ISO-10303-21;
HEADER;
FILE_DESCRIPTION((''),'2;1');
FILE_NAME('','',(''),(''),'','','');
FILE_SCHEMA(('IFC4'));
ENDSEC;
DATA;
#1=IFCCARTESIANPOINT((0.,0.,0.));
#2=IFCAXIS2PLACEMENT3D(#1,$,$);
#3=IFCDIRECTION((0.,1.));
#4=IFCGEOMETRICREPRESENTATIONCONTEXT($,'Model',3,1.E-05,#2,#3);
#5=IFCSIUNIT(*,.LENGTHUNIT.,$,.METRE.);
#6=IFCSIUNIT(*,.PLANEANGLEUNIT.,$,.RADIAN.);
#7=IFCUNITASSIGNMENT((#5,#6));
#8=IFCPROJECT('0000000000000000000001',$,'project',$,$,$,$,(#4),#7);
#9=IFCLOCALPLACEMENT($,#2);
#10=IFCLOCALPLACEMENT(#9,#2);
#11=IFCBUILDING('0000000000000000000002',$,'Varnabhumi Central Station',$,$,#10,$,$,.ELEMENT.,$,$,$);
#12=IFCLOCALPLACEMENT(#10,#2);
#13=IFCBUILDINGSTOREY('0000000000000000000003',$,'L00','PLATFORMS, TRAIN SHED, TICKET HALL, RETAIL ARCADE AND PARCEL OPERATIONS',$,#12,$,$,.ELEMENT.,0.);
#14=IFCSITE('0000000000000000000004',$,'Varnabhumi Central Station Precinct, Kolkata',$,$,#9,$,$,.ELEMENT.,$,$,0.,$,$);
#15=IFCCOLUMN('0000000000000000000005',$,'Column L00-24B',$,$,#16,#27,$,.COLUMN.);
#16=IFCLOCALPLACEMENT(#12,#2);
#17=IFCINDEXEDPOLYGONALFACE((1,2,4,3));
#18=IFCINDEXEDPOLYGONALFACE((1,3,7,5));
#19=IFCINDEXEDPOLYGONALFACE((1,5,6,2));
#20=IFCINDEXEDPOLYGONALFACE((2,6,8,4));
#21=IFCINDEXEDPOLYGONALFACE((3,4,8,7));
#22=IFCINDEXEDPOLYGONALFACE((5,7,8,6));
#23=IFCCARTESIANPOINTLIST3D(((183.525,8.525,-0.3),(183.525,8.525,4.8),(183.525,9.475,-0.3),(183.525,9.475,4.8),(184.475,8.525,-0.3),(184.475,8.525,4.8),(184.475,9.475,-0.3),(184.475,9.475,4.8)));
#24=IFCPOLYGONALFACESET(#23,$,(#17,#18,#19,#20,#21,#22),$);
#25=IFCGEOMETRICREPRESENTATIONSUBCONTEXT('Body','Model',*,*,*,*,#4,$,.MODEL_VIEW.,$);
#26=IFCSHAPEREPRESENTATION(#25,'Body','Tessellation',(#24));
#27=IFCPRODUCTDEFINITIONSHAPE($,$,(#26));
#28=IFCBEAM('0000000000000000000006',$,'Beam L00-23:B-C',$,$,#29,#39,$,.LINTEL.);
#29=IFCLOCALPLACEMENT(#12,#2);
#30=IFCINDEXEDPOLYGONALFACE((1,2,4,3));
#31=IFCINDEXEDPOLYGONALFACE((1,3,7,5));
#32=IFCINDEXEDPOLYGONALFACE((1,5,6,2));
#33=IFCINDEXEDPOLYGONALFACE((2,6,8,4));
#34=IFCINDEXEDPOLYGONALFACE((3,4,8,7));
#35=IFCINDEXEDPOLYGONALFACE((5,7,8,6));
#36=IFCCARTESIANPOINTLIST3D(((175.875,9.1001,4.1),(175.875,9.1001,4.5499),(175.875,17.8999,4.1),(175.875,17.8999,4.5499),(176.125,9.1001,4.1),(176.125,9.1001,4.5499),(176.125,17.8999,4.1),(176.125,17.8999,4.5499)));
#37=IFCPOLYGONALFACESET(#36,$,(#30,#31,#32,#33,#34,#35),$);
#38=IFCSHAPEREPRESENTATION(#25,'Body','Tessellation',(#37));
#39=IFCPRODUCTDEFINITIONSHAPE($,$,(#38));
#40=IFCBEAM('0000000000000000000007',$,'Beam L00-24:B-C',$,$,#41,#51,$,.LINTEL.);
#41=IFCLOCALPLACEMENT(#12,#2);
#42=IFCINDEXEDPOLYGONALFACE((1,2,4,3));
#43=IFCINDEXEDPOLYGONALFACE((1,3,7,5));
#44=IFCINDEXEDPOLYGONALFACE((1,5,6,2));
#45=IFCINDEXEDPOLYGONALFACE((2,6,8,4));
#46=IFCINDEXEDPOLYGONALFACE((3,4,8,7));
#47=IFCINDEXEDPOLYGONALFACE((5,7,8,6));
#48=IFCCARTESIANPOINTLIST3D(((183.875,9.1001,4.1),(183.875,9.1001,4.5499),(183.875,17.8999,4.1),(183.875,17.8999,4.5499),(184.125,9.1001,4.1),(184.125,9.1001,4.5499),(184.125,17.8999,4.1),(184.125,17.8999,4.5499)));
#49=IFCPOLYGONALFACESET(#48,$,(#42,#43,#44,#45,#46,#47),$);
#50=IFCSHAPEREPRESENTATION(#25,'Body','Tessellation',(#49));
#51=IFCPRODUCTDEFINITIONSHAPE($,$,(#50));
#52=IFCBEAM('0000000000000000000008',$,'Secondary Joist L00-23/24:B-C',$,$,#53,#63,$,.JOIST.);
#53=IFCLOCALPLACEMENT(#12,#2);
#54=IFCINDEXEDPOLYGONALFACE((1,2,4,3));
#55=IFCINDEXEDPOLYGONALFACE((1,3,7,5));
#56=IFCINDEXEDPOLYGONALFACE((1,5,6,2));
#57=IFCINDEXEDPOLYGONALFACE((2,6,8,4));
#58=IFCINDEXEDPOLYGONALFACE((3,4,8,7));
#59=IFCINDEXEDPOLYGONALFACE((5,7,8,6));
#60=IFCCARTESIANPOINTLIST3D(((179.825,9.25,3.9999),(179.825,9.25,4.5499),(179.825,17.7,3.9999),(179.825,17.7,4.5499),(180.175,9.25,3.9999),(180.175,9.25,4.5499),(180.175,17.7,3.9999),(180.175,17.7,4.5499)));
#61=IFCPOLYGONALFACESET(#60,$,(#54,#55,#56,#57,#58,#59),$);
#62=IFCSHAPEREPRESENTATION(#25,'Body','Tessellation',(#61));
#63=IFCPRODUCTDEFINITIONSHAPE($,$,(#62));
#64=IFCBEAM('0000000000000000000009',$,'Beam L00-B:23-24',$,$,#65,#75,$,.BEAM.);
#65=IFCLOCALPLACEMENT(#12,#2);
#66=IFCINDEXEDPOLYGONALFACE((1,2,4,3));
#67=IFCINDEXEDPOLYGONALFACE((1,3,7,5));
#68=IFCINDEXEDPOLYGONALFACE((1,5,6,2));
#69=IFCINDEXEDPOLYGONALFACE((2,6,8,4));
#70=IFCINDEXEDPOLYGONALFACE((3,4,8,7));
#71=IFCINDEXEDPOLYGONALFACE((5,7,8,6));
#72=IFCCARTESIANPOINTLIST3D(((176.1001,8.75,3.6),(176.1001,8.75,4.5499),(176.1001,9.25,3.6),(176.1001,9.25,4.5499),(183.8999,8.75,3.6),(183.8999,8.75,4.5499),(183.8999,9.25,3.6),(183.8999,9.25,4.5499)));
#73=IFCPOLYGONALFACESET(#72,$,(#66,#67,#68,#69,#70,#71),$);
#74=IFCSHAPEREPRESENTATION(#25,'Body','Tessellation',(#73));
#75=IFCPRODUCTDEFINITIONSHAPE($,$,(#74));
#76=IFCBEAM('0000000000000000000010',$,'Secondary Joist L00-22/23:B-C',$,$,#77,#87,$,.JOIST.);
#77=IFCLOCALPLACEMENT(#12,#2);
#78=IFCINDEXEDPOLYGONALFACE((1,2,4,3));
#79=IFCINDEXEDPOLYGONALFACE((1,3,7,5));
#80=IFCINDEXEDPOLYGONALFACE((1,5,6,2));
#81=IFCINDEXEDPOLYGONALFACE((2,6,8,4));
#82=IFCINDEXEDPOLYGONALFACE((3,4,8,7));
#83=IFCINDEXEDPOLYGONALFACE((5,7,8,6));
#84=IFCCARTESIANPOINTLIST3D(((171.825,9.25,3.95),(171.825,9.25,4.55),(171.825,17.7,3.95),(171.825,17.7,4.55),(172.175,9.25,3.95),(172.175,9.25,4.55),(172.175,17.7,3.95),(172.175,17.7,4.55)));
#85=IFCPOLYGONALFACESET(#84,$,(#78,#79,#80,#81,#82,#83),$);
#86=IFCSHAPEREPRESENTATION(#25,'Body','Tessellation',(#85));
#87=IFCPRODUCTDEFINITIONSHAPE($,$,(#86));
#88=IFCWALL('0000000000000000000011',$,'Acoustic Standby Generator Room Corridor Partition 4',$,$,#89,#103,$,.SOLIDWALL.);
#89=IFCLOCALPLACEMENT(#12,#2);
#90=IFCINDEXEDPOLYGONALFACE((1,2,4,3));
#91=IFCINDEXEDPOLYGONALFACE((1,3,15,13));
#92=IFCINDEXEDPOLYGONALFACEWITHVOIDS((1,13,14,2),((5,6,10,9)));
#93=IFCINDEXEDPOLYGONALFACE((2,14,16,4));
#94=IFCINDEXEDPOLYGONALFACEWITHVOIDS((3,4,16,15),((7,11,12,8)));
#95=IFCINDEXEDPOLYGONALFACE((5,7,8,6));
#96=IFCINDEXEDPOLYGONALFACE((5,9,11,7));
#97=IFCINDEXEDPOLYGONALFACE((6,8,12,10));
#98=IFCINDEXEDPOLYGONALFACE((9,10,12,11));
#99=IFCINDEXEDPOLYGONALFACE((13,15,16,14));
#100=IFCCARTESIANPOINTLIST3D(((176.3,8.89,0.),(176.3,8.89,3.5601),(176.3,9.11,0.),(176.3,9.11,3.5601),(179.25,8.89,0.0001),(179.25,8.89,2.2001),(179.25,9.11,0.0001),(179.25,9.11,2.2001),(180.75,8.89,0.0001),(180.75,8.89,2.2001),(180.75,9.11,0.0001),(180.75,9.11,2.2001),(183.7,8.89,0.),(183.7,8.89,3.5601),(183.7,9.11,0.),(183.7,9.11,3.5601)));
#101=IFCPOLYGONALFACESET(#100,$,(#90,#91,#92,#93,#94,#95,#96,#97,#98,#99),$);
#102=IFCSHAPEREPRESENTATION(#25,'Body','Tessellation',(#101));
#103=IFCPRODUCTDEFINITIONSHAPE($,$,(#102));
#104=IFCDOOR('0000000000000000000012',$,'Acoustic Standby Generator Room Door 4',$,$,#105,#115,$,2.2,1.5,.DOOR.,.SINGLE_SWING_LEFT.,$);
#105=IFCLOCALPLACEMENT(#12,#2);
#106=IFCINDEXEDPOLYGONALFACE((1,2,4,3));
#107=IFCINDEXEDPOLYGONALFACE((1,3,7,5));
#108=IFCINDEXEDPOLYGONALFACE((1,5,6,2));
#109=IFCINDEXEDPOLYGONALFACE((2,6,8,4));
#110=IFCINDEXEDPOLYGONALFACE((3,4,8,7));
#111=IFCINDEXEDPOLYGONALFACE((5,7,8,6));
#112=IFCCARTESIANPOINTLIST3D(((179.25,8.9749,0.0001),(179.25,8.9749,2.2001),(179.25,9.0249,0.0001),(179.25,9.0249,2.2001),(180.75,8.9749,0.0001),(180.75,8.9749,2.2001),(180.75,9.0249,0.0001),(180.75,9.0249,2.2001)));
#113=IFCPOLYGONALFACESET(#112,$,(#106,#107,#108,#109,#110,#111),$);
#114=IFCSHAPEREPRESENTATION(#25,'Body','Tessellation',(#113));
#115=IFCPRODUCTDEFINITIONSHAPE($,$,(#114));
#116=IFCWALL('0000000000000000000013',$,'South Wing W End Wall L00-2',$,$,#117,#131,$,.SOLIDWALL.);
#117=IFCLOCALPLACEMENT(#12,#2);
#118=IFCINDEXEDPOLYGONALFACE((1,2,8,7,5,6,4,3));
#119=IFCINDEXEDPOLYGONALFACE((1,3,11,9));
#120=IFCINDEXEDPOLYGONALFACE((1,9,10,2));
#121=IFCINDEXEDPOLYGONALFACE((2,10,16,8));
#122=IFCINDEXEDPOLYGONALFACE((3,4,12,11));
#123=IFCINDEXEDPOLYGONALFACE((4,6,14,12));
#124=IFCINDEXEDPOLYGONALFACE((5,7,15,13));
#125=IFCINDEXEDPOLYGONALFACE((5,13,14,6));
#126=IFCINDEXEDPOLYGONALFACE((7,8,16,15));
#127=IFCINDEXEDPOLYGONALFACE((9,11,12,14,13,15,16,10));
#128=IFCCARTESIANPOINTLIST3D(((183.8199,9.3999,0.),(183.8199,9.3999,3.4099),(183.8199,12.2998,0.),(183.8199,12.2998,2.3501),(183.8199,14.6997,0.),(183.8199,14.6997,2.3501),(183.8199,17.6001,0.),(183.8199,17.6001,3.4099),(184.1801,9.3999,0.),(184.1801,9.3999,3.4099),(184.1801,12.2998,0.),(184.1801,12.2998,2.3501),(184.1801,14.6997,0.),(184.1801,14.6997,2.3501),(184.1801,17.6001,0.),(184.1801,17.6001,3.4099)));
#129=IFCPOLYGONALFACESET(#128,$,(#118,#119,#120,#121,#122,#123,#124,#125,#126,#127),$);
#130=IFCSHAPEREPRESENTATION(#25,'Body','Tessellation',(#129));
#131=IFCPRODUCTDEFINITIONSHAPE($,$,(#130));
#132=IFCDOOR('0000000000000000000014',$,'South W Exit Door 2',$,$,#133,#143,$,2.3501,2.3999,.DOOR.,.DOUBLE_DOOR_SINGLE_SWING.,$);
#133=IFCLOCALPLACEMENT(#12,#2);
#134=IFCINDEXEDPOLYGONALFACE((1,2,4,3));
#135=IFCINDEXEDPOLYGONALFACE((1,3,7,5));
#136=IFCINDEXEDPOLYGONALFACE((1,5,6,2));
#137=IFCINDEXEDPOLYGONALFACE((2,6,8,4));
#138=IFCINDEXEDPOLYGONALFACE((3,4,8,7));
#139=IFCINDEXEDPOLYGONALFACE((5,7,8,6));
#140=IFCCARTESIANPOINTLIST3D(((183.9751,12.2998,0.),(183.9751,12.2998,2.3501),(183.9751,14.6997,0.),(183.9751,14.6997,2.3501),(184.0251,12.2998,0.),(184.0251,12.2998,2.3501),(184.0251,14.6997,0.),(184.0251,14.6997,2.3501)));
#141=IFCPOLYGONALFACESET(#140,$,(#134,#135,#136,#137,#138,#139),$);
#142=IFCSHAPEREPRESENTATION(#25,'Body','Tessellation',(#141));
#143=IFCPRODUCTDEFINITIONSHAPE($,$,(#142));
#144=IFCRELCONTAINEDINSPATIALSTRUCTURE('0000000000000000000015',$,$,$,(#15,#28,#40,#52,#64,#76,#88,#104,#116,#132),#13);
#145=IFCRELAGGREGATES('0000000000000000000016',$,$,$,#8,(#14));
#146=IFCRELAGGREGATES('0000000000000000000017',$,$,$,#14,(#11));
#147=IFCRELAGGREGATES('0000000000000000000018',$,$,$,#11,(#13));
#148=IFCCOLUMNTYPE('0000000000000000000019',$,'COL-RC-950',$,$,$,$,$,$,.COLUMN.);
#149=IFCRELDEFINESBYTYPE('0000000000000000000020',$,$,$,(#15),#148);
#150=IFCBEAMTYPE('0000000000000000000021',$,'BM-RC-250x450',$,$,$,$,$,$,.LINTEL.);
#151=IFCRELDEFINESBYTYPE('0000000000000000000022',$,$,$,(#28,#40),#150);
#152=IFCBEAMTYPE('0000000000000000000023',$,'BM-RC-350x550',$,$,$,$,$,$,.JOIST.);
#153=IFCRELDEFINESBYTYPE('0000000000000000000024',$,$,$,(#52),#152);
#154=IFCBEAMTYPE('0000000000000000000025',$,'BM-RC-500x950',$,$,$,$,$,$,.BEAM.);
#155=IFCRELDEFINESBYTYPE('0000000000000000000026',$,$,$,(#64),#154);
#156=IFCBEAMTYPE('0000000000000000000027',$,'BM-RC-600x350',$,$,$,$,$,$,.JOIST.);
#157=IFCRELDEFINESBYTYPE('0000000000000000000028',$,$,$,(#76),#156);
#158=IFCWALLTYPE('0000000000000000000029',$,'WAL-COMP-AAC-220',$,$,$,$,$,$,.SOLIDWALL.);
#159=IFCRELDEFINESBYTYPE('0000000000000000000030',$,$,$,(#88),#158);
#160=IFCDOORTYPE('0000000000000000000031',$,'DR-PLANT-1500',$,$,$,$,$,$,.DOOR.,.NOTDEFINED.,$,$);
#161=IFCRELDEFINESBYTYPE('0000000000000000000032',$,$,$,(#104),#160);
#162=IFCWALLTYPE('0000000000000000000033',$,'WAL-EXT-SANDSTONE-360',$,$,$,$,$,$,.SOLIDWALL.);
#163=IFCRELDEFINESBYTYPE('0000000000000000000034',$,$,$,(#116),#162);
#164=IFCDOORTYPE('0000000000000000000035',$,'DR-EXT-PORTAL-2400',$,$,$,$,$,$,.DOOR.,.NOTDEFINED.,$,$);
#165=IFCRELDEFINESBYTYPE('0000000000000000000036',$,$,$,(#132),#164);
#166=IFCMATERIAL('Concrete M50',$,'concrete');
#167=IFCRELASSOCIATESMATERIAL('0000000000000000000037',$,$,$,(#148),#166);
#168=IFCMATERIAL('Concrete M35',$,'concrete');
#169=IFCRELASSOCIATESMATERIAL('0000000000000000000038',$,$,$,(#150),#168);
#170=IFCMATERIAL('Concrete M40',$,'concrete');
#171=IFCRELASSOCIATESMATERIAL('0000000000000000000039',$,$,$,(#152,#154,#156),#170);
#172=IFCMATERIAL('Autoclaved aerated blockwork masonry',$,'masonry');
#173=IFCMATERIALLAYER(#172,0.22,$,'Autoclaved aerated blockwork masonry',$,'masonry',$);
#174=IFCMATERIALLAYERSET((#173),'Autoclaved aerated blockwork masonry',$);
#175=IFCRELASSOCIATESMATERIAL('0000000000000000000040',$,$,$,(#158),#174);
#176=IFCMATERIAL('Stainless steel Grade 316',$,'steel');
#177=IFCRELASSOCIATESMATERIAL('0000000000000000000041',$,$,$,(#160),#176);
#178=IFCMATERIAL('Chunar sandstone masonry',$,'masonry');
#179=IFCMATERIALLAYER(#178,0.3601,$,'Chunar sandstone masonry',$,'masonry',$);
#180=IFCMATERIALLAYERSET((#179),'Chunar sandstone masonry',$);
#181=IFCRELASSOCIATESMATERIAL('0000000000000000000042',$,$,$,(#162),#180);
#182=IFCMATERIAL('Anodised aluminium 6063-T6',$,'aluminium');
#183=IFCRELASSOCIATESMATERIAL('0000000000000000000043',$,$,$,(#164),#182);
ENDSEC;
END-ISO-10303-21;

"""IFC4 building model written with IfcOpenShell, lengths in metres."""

from ifc_helpers import new_model, si_unit, direction, frame, frame_2d, origin, origin_2d, place, context, subcontext, project, spatial, rectangle, extrude, material, layer, layer_set, material_profile, profile_set, type_object, element, fill, save


model = new_model("IFC4")

# Units and contexts
model_context = context("Model", 3, precision=1e-05, world=origin(), true_north=direction((0.0, 1.0)))
body_context = subcontext(model_context, "Body", "Model", "MODEL_VIEW")
ifc_project = project(units=[si_unit("LENGTHUNIT", "METRE"), si_unit("PLANEANGLEUNIT", "RADIAN")], contexts=[model_context])

# Site, building, storey
site_placement = place(None, origin())
site = spatial("IfcSite", under=ifc_project, at=site_placement, Name="Varnabhumi Central Station Precinct, Kolkata", CompositionType="ELEMENT", RefElevation=0.0)
building_placement = place(site_placement, origin())
building = spatial("IfcBuilding", under=site, at=building_placement, Name="Varnabhumi Central Station", CompositionType="ELEMENT")
storey_placement = place(building_placement, origin())
storey = spatial("IfcBuildingStorey", under=building, at=storey_placement, Name="L00", Description="PLATFORMS, TRAIN SHED, TICKET HALL, RETAIL ARCADE AND PARCEL OPERATIONS", CompositionType="ELEMENT", Elevation=0.0)

# Shared definitions
ifc_material_1 = material(Name="Concrete M40", Category="concrete")

# Shared definitions
ifc_material_2 = material(Name="Concrete M35", Category="concrete")

# Column
ifc_material_3 = material(Name="Concrete M50", Category="concrete")
ifc_material_profile_1 = material_profile(ifc_material_3, rectangle(XDim=0.95, YDim=0.95, at=origin_2d()), Name="Concrete M50", Category="concrete")
ifc_profile_set_1 = profile_set([ifc_material_profile_1], Name="Concrete M50")
column_type = type_object("IfcColumnType", Name="COL-RC-950", PredefinedType="COLUMN", material=ifc_profile_set_1)
for number, where, z_axis, x_axis, name in (
    (1, (184.0, 9.0, -0.3), (0.0, 0.0, 1.0), (1.0, 0.0, 0.0), "Column L00-24B"),
):
    element("IfcColumn", number, at=place(storey_placement, frame(where, z_axis=z_axis, x_axis=x_axis)), inside=storey, type_object=column_type, Name=name, PredefinedType="COLUMN", context=body_context, shape_type="SweptSolid", body=[
        extrude(rectangle(XDim=0.95, YDim=0.95, at=origin_2d()), origin(), (0.0, 0.0, 1.0), 5.1001),
    ])

# Beams
ifc_material_profile_2 = material_profile(ifc_material_2, rectangle(XDim=0.25, YDim=0.45, at=origin_2d()), Name="Concrete M35", Category="concrete")
ifc_profile_set_2 = profile_set([ifc_material_profile_2], Name="Concrete M35")
beam_type_1 = type_object("IfcBeamType", Name="BM-RC-250x450", PredefinedType="LINTEL", material=ifc_profile_set_2)
for number, where, z_axis, x_axis, name in (
    (2, (176.0, 9.1001, 4.325), (0.0, 1.0, 0.0), (-1.0, 0.0, 0.0), "Beam L00-23:B-C"),
    (3, (184.0, 9.1001, 4.325), (0.0, 1.0, 0.0), (-1.0, 0.0, 0.0), "Beam L00-24:B-C"),
):
    element("IfcBeam", number, at=place(storey_placement, frame(where, z_axis=z_axis, x_axis=x_axis)), inside=storey, type_object=beam_type_1, Name=name, PredefinedType="LINTEL", context=body_context, shape_type="SweptSolid", body=[
        extrude(rectangle(XDim=0.25, YDim=0.45, at=origin_2d()), origin(), (0.0, 0.0, 1.0), 8.7998),
    ])
ifc_material_profile_3 = material_profile(ifc_material_1, rectangle(XDim=0.3501, YDim=0.55, at=origin_2d()), Name="Concrete M40", Category="concrete")
ifc_profile_set_3 = profile_set([ifc_material_profile_3], Name="Concrete M40")
beam_type_2 = type_object("IfcBeamType", Name="BM-RC-350x550", PredefinedType="JOIST", material=ifc_profile_set_3)
beam_1_placement = place(storey_placement, frame((180.0, 9.25, 4.2749), z_axis=(0.0, 1.0, 0.0), x_axis=(-1.0, 0.0, 0.0)))
element("IfcBeam", 4, at=beam_1_placement, inside=storey, type_object=beam_type_2, Name="Secondary Joist L00-23/24:B-C", PredefinedType="JOIST", context=body_context, shape_type="SweptSolid", body=[
    extrude(rectangle(XDim=0.3501, YDim=0.55, at=origin_2d()), origin(), (0.0, 0.0, 1.0), 8.45),
])
ifc_material_profile_4 = material_profile(ifc_material_1, rectangle(XDim=0.5, YDim=0.95, at=origin_2d()), Name="Concrete M40", Category="concrete")
ifc_profile_set_4 = profile_set([ifc_material_profile_4], Name="Concrete M40")
beam_type_3 = type_object("IfcBeamType", Name="BM-RC-500x950", PredefinedType="BEAM", material=ifc_profile_set_4)
beam_2_placement = place(storey_placement, frame((176.1001, 9.0, 4.075), z_axis=(1.0, 0.0, 0.0), x_axis=(0.0, 1.0, 0.0)))
element("IfcBeam", 5, at=beam_2_placement, inside=storey, type_object=beam_type_3, Name="Beam L00-B:23-24", PredefinedType="BEAM", context=body_context, shape_type="SweptSolid", body=[
    extrude(rectangle(XDim=0.5, YDim=0.95, at=origin_2d()), origin(), (0.0, 0.0, 1.0), 7.7998),
])
ifc_material_profile_5 = material_profile(ifc_material_1, rectangle(XDim=0.3501, YDim=0.6001, at=origin_2d()), Name="Concrete M40", Category="concrete")
ifc_profile_set_5 = profile_set([ifc_material_profile_5], Name="Concrete M40")
beam_type_4 = type_object("IfcBeamType", Name="BM-RC-600x350", PredefinedType="JOIST", material=ifc_profile_set_5)
beam_3_placement = place(storey_placement, frame((172.0, 9.25, 4.25), z_axis=(0.0, 1.0, 0.0), x_axis=(-1.0, 0.0, 0.0)))
element("IfcBeam", 6, at=beam_3_placement, inside=storey, type_object=beam_type_4, Name="Secondary Joist L00-22/23:B-C", PredefinedType="JOIST", context=body_context, shape_type="SweptSolid", body=[
    extrude(rectangle(XDim=0.3501, YDim=0.6001, at=origin_2d()), origin(), (0.0, 0.0, 1.0), 8.45),
])

# Walls, openings, doors
ifc_material_4 = material(Name="Autoclaved aerated blockwork masonry", Category="masonry")
ifc_layer_1 = layer(ifc_material_4, 0.22, Name="Autoclaved aerated blockwork masonry", Category="masonry")
ifc_layer_set_1 = layer_set([ifc_layer_1], Name="Autoclaved aerated blockwork masonry")
wall_type_1 = type_object("IfcWallType", Name="WAL-COMP-AAC-220", PredefinedType="SOLIDWALL", material=ifc_layer_set_1)
wall_1_placement = place(storey_placement, frame((176.3, 9.0, 0.0), z_axis=(0.0, 0.0, 1.0), x_axis=(1.0, 0.0, 0.0)))
wall_1 = element("IfcWall", 7, at=wall_1_placement, inside=storey, type_object=wall_type_1, Name="Acoustic Standby Generator Room Corridor Partition 4", PredefinedType="SOLIDWALL", context=body_context, shape_type="SweptSolid", body=[
    extrude(rectangle(XDim=7.3999, YDim=0.22, at=frame_2d((3.7, 0.0))), origin(), (0.0, 0.0, 1.0), 3.5601),
])
opening_1_placement = place(wall_1_placement, frame((2.95, 0.0, 0.0)))
opening_1 = element("IfcOpeningElement", 8, at=opening_1_placement, cuts=wall_1, PredefinedType="OPENING", context=body_context, shape_type="SweptSolid", body=[
    extrude(rectangle(XDim=1.5, YDim=2.2, at=frame_2d((0.75, 1.1001))), frame((0.0, 0.1199, 0.0), z_axis=(0.0, -1.0, 0.0), x_axis=(1.0, 0.0, 0.0)), (0.0, 0.0, 1.0), 0.24),
])
ifc_material_5 = material(Name="Stainless steel Grade 316", Category="steel")
door_type_1 = type_object("IfcDoorType", Name="DR-PLANT-1500", OperationType="NOTDEFINED", PredefinedType="DOOR", material=ifc_material_5)
door_1_placement = place(opening_1_placement, origin())
door_1 = element("IfcDoor", 9, at=door_1_placement, inside=storey, type_object=door_type_1, Name="Acoustic Standby Generator Room Door 4", OperationType="SINGLE_SWING_LEFT", OverallHeight=2.2, OverallWidth=1.5, PredefinedType="DOOR", context=body_context, shape_type="SweptSolid", body=[
    extrude(rectangle(XDim=1.5, YDim=2.2, at=frame_2d((0.75, 1.1001))), frame((0.0, 0.0249, 0.0), z_axis=(0.0, -1.0, 0.0), x_axis=(1.0, 0.0, 0.0)), (0.0, 0.0, 1.0), 0.05),
])
fill(opening_1, door_1)
ifc_material_6 = material(Name="Chunar sandstone masonry", Category="masonry")
ifc_layer_2 = layer(ifc_material_6, 0.3601, Name="Chunar sandstone masonry", Category="masonry")
ifc_layer_set_2 = layer_set([ifc_layer_2], Name="Chunar sandstone masonry")
wall_type_2 = type_object("IfcWallType", Name="WAL-EXT-SANDSTONE-360", PredefinedType="SOLIDWALL", material=ifc_layer_set_2)
wall_2_placement = place(storey_placement, frame((184.0, 9.3999, 0.0), z_axis=(0.0, 0.0, 1.0), x_axis=(0.0, 1.0, 0.0)))
wall_2 = element("IfcWall", 10, at=wall_2_placement, inside=storey, type_object=wall_type_2, Name="South Wing W End Wall L00-2", PredefinedType="SOLIDWALL", context=body_context, shape_type="SweptSolid", body=[
    extrude(rectangle(XDim=8.2002, YDim=0.3601, at=frame_2d((4.1001, 0.0))), origin(), (0.0, 0.0, 1.0), 3.4099),
])
opening_2_placement = place(wall_2_placement, frame((2.8999, 0.0, 0.0)))
opening_2 = element("IfcOpeningElement", 11, at=opening_2_placement, cuts=wall_2, PredefinedType="OPENING", context=body_context, shape_type="SweptSolid", body=[
    extrude(rectangle(XDim=2.3999, YDim=2.3501, at=frame_2d((1.2, 1.175))), frame((0.0, 0.1899, 0.0), z_axis=(0.0, -1.0, 0.0), x_axis=(1.0, 0.0, 0.0)), (0.0, 0.0, 1.0), 0.3801),
])
ifc_material_7 = material(Name="Anodised aluminium 6063-T6", Category="aluminium")
door_type_2 = type_object("IfcDoorType", Name="DR-EXT-PORTAL-2400", OperationType="NOTDEFINED", PredefinedType="DOOR", material=ifc_material_7)
door_2_placement = place(opening_2_placement, origin())
door_2 = element("IfcDoor", 12, at=door_2_placement, inside=storey, type_object=door_type_2, Name="South W Exit Door 2", OperationType="DOUBLE_DOOR_SINGLE_SWING", OverallHeight=2.3501, OverallWidth=2.3999, PredefinedType="DOOR", context=body_context, shape_type="SweptSolid", body=[
    extrude(rectangle(XDim=2.3999, YDim=2.3501, at=frame_2d((1.2, 1.175))), frame((0.0, 0.0249, 0.0), z_axis=(0.0, -1.0, 0.0), x_axis=(1.0, 0.0, 0.0)), (0.0, 0.0, 1.0), 0.05),
])
fill(opening_2, door_2)

save(model, "model.ifc")
